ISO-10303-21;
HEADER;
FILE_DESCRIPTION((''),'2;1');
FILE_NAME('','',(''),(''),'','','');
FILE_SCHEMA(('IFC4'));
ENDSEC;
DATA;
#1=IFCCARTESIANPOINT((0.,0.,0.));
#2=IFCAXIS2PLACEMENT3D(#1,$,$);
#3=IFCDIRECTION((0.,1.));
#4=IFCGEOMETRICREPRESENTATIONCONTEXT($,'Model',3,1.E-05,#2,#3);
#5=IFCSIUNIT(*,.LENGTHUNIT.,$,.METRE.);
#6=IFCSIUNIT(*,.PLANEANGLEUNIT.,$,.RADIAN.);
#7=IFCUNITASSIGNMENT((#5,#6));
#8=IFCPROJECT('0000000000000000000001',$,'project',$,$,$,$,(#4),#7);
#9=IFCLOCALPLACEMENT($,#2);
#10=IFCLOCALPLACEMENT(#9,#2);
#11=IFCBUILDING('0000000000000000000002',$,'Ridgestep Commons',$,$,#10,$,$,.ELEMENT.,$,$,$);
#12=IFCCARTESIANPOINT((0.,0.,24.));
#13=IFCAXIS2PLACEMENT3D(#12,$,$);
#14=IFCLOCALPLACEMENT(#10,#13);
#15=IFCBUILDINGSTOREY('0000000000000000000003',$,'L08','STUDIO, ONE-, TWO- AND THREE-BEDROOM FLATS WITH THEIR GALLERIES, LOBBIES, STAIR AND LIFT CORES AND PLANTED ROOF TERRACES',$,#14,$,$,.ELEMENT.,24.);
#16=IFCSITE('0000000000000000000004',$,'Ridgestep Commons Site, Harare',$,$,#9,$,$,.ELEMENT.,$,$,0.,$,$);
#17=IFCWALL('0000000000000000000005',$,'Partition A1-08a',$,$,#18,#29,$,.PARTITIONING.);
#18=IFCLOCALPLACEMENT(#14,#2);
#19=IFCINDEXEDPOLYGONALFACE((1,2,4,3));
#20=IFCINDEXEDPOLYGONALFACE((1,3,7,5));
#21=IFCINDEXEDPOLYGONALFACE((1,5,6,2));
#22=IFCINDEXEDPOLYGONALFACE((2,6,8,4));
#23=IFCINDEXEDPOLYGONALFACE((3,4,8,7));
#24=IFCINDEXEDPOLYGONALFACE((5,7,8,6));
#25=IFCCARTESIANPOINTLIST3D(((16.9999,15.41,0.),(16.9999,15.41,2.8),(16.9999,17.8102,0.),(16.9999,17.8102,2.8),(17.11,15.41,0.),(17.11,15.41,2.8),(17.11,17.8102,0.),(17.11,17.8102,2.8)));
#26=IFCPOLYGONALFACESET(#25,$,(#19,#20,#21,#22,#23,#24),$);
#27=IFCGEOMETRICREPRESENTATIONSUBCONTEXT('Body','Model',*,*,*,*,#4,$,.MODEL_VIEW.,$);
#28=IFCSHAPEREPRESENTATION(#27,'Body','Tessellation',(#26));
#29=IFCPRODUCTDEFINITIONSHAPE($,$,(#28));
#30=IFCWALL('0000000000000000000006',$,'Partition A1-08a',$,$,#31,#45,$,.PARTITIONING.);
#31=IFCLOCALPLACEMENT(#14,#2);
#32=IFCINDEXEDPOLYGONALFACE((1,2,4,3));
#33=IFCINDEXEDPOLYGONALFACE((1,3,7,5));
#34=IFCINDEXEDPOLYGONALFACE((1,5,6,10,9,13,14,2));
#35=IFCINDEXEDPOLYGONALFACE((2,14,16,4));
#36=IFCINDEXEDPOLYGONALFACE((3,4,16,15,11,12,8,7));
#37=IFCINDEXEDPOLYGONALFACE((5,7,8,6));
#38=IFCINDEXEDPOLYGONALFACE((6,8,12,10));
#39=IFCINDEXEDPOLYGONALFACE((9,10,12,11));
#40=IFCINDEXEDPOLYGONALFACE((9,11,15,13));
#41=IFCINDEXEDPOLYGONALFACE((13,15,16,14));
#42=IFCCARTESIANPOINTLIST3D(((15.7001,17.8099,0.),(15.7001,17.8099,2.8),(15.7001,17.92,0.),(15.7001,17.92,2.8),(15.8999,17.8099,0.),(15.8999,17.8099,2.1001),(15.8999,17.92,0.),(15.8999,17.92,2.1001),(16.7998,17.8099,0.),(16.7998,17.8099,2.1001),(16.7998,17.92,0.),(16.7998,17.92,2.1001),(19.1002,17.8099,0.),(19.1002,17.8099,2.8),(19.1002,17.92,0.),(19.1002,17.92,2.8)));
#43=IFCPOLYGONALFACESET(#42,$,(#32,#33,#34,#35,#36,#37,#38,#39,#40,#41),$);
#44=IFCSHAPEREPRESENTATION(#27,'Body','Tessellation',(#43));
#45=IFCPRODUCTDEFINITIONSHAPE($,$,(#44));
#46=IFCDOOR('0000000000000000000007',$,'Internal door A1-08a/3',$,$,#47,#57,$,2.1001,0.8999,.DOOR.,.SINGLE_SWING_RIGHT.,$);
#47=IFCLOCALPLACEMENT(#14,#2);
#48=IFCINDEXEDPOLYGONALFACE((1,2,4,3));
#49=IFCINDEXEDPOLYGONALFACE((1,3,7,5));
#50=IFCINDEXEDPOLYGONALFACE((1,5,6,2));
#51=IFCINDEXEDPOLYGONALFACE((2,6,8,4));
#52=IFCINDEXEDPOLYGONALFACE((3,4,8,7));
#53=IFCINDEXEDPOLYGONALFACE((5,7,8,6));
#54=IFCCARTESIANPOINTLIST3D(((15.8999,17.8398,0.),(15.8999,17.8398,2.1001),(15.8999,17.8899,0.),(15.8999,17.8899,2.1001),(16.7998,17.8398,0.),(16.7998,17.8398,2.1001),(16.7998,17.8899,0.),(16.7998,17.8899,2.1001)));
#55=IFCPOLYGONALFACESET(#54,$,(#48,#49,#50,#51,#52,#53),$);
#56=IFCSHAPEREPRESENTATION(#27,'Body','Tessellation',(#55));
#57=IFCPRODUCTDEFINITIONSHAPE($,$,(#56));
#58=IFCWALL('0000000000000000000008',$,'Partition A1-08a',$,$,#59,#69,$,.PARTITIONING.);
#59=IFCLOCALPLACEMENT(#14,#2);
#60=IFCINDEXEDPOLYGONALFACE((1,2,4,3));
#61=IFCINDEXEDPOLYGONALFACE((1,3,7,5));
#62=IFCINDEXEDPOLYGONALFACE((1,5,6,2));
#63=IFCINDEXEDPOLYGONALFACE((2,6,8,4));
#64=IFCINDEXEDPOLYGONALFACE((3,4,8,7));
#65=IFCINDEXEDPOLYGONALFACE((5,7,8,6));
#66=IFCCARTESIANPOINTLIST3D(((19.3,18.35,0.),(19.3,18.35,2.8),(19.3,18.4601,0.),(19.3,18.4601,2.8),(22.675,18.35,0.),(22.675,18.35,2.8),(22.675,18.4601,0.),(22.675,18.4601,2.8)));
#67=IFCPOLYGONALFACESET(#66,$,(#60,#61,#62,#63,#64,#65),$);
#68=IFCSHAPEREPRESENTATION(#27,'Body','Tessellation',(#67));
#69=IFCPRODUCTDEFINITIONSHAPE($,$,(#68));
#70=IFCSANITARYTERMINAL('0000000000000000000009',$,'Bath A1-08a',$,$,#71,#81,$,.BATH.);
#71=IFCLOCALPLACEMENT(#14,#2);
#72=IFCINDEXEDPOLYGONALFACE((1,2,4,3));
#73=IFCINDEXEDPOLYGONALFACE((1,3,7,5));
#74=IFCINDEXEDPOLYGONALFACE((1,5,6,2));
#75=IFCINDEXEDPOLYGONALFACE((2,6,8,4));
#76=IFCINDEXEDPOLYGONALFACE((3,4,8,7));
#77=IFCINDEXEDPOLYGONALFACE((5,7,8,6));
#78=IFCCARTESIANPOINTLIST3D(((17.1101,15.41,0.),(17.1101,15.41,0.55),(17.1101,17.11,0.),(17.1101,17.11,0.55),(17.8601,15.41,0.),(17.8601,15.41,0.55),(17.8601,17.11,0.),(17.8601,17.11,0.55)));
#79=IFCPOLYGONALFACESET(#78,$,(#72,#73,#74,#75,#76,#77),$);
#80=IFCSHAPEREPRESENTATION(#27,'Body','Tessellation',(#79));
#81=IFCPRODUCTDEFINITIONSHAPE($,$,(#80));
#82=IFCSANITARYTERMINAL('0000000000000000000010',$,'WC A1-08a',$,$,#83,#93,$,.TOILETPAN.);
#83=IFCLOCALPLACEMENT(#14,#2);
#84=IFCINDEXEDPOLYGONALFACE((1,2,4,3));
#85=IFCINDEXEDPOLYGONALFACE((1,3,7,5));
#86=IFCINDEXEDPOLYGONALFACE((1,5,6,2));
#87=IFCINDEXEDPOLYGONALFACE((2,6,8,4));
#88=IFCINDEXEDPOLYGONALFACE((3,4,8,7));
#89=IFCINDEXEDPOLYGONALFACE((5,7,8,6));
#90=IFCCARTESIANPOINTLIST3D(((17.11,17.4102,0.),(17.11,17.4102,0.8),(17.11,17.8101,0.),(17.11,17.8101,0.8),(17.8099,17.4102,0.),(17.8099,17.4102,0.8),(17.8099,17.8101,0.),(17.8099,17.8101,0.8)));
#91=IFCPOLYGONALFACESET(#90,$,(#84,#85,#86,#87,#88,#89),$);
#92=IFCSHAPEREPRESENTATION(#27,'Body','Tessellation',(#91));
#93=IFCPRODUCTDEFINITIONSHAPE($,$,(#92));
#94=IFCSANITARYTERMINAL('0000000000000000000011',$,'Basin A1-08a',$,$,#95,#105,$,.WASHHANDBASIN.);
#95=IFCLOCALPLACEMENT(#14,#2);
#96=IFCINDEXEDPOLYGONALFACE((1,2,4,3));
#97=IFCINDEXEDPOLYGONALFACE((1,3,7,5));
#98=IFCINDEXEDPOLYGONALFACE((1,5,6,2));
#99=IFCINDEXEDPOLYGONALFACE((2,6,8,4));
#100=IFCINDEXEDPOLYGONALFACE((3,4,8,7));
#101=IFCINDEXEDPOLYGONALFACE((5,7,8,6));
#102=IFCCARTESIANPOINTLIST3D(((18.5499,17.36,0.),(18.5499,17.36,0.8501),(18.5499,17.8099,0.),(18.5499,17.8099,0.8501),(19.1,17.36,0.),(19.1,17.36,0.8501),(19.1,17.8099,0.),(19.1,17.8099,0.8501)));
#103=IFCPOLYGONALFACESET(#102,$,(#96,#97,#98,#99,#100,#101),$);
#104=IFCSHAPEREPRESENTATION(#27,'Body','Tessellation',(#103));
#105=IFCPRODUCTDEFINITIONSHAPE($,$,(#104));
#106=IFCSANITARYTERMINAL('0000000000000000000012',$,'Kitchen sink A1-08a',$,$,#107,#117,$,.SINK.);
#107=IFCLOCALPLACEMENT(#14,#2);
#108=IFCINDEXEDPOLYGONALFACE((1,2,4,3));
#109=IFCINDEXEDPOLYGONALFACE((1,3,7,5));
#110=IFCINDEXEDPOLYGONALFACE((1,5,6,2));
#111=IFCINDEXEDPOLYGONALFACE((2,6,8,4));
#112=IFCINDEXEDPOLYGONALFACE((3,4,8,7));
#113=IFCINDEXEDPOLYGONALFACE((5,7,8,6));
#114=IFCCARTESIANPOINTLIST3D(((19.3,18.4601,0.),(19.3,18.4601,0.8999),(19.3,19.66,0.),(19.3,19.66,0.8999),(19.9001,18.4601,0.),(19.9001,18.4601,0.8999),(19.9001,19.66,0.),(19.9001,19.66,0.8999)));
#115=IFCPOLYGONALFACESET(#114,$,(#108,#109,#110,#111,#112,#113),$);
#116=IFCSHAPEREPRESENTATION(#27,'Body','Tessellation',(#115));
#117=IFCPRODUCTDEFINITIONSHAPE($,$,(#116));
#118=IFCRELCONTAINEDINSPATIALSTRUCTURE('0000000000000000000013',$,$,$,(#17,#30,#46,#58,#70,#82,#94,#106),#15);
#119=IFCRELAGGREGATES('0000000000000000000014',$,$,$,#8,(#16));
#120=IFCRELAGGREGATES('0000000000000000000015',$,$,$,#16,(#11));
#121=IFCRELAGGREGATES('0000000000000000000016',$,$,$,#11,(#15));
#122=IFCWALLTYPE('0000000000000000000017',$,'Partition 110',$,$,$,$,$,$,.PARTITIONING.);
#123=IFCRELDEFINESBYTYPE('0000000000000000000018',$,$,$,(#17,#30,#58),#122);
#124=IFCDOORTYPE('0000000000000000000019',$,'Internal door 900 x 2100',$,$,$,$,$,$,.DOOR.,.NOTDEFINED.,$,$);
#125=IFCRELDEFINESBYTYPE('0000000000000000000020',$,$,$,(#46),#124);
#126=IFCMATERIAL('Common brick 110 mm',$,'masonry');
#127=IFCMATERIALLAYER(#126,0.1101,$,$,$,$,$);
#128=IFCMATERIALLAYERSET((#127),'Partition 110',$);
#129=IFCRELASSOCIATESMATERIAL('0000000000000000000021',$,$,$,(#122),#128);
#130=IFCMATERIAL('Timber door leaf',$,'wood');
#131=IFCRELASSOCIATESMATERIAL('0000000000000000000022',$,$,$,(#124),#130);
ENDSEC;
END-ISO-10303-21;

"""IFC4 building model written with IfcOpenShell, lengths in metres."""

from ifc_helpers import new_model, si_unit, direction, frame, frame_2d, origin, origin_2d, place, context, subcontext, project, spatial, rectangle, extrude, material, layer, layer_set, type_object, element, fill, save


model = new_model("IFC4")

# Units and contexts
model_context = context("Model", 3, precision=1e-05, world=origin(), true_north=direction((0.0, 1.0)))
body_context = subcontext(model_context, "Body", "Model", "MODEL_VIEW")
ifc_project = project(units=[si_unit("LENGTHUNIT", "METRE"), si_unit("PLANEANGLEUNIT", "RADIAN")], contexts=[model_context])

# Site, building, storey
site_placement = place(None, origin())
site = spatial("IfcSite", under=ifc_project, at=site_placement, Name="Ridgestep Commons Site, Harare", CompositionType="ELEMENT", RefElevation=0.0)
building_placement = place(site_placement, origin())
building = spatial("IfcBuilding", under=site, at=building_placement, Name="Ridgestep Commons", CompositionType="ELEMENT")
storey_placement = place(building_placement, frame((0.0, 0.0, 24.0)))
storey = spatial("IfcBuildingStorey", under=building, at=storey_placement, Name="L08", Description="STUDIO, ONE-, TWO- AND THREE-BEDROOM FLATS WITH THEIR GALLERIES, LOBBIES, STAIR AND LIFT CORES AND PLANTED ROOF TERRACES", CompositionType="ELEMENT", Elevation=24.0)

# Wall
ifc_material_1 = material(Name="Common brick 110 mm", Category="masonry")
ifc_layer_1 = layer(ifc_material_1, 0.1101)
ifc_layer_set_1 = layer_set([ifc_layer_1], Name="Partition 110")
wall_type_1 = type_object("IfcWallType", Name="Partition 110", PredefinedType="PARTITIONING", material=ifc_layer_set_1)
wall_1_placement = place(storey_placement, frame((17.0549, 15.4099, 0.0), z_axis=(0.0, 0.0, 1.0), x_axis=(0.0, 1.0, 0.0)))
element("IfcWall", 1, at=wall_1_placement, inside=storey, type_object=wall_type_1, Name="Partition A1-08a", PredefinedType="PARTITIONING", context=body_context, shape_type="SweptSolid", body=[
    extrude(rectangle(XDim=2.4001, YDim=0.1101, at=frame_2d((1.2002, 0.0))), origin(), (0.0, 0.0, 1.0), 2.8),
])

# Wall, opening, door
wall_2_placement = place(storey_placement, frame((15.7, 17.865, 0.0), z_axis=(0.0, 0.0, 1.0), x_axis=(1.0, 0.0, 0.0)))
wall_2 = element("IfcWall", 2, at=wall_2_placement, inside=storey, type_object=wall_type_1, Name="Partition A1-08a", PredefinedType="PARTITIONING", context=body_context, shape_type="SweptSolid", body=[
    extrude(rectangle(XDim=3.4001, YDim=0.1101, at=frame_2d((1.7002, 0.0))), origin(), (0.0, 0.0, 1.0), 2.8),
])
opening_1_placement = place(wall_2_placement, frame((0.2, 0.0, 0.0)))
opening_1 = element("IfcOpeningElement", 3, at=opening_1_placement, cuts=wall_2, PredefinedType="OPENING", context=body_context, shape_type="SweptSolid", body=[
    extrude(rectangle(XDim=0.8999, YDim=2.1001, at=frame_2d((0.45, 1.05))), frame((0.0, 0.0649, 0.0), z_axis=(0.0, -1.0, 0.0), x_axis=(1.0, 0.0, 0.0)), (0.0, 0.0, 1.0), 0.1301),
])
ifc_material_2 = material(Name="Timber door leaf", Category="wood")
door_type_1 = type_object("IfcDoorType", Name="Internal door 900 x 2100", OperationType="NOTDEFINED", PredefinedType="DOOR", material=ifc_material_2)
door_1_placement = place(opening_1_placement, origin())
door_1 = element("IfcDoor", 4, at=door_1_placement, inside=storey, type_object=door_type_1, Name="Internal door A1-08a/3", OperationType="SINGLE_SWING_RIGHT", OverallHeight=2.1001, OverallWidth=0.8999, PredefinedType="DOOR", context=body_context, shape_type="SweptSolid", body=[
    extrude(rectangle(XDim=0.8999, YDim=2.1001, at=frame_2d((0.45, 1.05))), frame((0.0, 0.0249, 0.0), z_axis=(0.0, -1.0, 0.0), x_axis=(1.0, 0.0, 0.0)), (0.0, 0.0, 1.0), 0.05),
])
fill(opening_1, door_1)

# Wall
wall_3_placement = place(storey_placement, frame((19.3, 18.405, 0.0), z_axis=(0.0, 0.0, 1.0), x_axis=(1.0, 0.0, 0.0)))
element("IfcWall", 5, at=wall_3_placement, inside=storey, type_object=wall_type_1, Name="Partition A1-08a", PredefinedType="PARTITIONING", context=body_context, shape_type="SweptSolid", body=[
    extrude(rectangle(XDim=3.375, YDim=0.1101, at=frame_2d((1.6875, 0.0))), origin(), (0.0, 0.0, 1.0), 2.8),
])

# Sanitary terminals
sanitary_terminal_1_placement = place(storey_placement, frame((17.4851, 16.26, 0.0), z_axis=(0.0, 0.0, 1.0), x_axis=(1.0, 0.0, 0.0)))
element("IfcSanitaryTerminal", 6, at=sanitary_terminal_1_placement, inside=storey, Name="Bath A1-08a", PredefinedType="BATH", context=body_context, shape_type="SweptSolid", body=[
    extrude(rectangle(XDim=0.75, YDim=1.7, at=origin_2d()), origin(), (0.0, 0.0, 1.0), 0.55),
])
sanitary_terminal_2_placement = place(storey_placement, frame((17.46, 17.6101, 0.0), z_axis=(0.0, 0.0, 1.0), x_axis=(1.0, 0.0, 0.0)))
element("IfcSanitaryTerminal", 7, at=sanitary_terminal_2_placement, inside=storey, Name="WC A1-08a", PredefinedType="TOILETPAN", context=body_context, shape_type="SweptSolid", body=[
    extrude(rectangle(XDim=0.7, YDim=0.3999, at=origin_2d()), origin(), (0.0, 0.0, 1.0), 0.8),
])
sanitary_terminal_3_placement = place(storey_placement, frame((18.825, 17.585, 0.0), z_axis=(0.0, 0.0, 1.0), x_axis=(1.0, 0.0, 0.0)))
element("IfcSanitaryTerminal", 8, at=sanitary_terminal_3_placement, inside=storey, Name="Basin A1-08a", PredefinedType="WASHHANDBASIN", context=body_context, shape_type="SweptSolid", body=[
    extrude(rectangle(XDim=0.55, YDim=0.45, at=origin_2d()), origin(), (0.0, 0.0, 1.0), 0.8501),
])
sanitary_terminal_4_placement = place(storey_placement, frame((19.6001, 19.0601, 0.0), z_axis=(0.0, 0.0, 1.0), x_axis=(1.0, 0.0, 0.0)))
element("IfcSanitaryTerminal", 9, at=sanitary_terminal_4_placement, inside=storey, Name="Kitchen sink A1-08a", PredefinedType="SINK", context=body_context, shape_type="SweptSolid", body=[
    extrude(rectangle(XDim=0.6001, YDim=1.2, at=origin_2d()), origin(), (0.0, 0.0, 1.0), 0.8999),
])

save(model, "model.ifc")
